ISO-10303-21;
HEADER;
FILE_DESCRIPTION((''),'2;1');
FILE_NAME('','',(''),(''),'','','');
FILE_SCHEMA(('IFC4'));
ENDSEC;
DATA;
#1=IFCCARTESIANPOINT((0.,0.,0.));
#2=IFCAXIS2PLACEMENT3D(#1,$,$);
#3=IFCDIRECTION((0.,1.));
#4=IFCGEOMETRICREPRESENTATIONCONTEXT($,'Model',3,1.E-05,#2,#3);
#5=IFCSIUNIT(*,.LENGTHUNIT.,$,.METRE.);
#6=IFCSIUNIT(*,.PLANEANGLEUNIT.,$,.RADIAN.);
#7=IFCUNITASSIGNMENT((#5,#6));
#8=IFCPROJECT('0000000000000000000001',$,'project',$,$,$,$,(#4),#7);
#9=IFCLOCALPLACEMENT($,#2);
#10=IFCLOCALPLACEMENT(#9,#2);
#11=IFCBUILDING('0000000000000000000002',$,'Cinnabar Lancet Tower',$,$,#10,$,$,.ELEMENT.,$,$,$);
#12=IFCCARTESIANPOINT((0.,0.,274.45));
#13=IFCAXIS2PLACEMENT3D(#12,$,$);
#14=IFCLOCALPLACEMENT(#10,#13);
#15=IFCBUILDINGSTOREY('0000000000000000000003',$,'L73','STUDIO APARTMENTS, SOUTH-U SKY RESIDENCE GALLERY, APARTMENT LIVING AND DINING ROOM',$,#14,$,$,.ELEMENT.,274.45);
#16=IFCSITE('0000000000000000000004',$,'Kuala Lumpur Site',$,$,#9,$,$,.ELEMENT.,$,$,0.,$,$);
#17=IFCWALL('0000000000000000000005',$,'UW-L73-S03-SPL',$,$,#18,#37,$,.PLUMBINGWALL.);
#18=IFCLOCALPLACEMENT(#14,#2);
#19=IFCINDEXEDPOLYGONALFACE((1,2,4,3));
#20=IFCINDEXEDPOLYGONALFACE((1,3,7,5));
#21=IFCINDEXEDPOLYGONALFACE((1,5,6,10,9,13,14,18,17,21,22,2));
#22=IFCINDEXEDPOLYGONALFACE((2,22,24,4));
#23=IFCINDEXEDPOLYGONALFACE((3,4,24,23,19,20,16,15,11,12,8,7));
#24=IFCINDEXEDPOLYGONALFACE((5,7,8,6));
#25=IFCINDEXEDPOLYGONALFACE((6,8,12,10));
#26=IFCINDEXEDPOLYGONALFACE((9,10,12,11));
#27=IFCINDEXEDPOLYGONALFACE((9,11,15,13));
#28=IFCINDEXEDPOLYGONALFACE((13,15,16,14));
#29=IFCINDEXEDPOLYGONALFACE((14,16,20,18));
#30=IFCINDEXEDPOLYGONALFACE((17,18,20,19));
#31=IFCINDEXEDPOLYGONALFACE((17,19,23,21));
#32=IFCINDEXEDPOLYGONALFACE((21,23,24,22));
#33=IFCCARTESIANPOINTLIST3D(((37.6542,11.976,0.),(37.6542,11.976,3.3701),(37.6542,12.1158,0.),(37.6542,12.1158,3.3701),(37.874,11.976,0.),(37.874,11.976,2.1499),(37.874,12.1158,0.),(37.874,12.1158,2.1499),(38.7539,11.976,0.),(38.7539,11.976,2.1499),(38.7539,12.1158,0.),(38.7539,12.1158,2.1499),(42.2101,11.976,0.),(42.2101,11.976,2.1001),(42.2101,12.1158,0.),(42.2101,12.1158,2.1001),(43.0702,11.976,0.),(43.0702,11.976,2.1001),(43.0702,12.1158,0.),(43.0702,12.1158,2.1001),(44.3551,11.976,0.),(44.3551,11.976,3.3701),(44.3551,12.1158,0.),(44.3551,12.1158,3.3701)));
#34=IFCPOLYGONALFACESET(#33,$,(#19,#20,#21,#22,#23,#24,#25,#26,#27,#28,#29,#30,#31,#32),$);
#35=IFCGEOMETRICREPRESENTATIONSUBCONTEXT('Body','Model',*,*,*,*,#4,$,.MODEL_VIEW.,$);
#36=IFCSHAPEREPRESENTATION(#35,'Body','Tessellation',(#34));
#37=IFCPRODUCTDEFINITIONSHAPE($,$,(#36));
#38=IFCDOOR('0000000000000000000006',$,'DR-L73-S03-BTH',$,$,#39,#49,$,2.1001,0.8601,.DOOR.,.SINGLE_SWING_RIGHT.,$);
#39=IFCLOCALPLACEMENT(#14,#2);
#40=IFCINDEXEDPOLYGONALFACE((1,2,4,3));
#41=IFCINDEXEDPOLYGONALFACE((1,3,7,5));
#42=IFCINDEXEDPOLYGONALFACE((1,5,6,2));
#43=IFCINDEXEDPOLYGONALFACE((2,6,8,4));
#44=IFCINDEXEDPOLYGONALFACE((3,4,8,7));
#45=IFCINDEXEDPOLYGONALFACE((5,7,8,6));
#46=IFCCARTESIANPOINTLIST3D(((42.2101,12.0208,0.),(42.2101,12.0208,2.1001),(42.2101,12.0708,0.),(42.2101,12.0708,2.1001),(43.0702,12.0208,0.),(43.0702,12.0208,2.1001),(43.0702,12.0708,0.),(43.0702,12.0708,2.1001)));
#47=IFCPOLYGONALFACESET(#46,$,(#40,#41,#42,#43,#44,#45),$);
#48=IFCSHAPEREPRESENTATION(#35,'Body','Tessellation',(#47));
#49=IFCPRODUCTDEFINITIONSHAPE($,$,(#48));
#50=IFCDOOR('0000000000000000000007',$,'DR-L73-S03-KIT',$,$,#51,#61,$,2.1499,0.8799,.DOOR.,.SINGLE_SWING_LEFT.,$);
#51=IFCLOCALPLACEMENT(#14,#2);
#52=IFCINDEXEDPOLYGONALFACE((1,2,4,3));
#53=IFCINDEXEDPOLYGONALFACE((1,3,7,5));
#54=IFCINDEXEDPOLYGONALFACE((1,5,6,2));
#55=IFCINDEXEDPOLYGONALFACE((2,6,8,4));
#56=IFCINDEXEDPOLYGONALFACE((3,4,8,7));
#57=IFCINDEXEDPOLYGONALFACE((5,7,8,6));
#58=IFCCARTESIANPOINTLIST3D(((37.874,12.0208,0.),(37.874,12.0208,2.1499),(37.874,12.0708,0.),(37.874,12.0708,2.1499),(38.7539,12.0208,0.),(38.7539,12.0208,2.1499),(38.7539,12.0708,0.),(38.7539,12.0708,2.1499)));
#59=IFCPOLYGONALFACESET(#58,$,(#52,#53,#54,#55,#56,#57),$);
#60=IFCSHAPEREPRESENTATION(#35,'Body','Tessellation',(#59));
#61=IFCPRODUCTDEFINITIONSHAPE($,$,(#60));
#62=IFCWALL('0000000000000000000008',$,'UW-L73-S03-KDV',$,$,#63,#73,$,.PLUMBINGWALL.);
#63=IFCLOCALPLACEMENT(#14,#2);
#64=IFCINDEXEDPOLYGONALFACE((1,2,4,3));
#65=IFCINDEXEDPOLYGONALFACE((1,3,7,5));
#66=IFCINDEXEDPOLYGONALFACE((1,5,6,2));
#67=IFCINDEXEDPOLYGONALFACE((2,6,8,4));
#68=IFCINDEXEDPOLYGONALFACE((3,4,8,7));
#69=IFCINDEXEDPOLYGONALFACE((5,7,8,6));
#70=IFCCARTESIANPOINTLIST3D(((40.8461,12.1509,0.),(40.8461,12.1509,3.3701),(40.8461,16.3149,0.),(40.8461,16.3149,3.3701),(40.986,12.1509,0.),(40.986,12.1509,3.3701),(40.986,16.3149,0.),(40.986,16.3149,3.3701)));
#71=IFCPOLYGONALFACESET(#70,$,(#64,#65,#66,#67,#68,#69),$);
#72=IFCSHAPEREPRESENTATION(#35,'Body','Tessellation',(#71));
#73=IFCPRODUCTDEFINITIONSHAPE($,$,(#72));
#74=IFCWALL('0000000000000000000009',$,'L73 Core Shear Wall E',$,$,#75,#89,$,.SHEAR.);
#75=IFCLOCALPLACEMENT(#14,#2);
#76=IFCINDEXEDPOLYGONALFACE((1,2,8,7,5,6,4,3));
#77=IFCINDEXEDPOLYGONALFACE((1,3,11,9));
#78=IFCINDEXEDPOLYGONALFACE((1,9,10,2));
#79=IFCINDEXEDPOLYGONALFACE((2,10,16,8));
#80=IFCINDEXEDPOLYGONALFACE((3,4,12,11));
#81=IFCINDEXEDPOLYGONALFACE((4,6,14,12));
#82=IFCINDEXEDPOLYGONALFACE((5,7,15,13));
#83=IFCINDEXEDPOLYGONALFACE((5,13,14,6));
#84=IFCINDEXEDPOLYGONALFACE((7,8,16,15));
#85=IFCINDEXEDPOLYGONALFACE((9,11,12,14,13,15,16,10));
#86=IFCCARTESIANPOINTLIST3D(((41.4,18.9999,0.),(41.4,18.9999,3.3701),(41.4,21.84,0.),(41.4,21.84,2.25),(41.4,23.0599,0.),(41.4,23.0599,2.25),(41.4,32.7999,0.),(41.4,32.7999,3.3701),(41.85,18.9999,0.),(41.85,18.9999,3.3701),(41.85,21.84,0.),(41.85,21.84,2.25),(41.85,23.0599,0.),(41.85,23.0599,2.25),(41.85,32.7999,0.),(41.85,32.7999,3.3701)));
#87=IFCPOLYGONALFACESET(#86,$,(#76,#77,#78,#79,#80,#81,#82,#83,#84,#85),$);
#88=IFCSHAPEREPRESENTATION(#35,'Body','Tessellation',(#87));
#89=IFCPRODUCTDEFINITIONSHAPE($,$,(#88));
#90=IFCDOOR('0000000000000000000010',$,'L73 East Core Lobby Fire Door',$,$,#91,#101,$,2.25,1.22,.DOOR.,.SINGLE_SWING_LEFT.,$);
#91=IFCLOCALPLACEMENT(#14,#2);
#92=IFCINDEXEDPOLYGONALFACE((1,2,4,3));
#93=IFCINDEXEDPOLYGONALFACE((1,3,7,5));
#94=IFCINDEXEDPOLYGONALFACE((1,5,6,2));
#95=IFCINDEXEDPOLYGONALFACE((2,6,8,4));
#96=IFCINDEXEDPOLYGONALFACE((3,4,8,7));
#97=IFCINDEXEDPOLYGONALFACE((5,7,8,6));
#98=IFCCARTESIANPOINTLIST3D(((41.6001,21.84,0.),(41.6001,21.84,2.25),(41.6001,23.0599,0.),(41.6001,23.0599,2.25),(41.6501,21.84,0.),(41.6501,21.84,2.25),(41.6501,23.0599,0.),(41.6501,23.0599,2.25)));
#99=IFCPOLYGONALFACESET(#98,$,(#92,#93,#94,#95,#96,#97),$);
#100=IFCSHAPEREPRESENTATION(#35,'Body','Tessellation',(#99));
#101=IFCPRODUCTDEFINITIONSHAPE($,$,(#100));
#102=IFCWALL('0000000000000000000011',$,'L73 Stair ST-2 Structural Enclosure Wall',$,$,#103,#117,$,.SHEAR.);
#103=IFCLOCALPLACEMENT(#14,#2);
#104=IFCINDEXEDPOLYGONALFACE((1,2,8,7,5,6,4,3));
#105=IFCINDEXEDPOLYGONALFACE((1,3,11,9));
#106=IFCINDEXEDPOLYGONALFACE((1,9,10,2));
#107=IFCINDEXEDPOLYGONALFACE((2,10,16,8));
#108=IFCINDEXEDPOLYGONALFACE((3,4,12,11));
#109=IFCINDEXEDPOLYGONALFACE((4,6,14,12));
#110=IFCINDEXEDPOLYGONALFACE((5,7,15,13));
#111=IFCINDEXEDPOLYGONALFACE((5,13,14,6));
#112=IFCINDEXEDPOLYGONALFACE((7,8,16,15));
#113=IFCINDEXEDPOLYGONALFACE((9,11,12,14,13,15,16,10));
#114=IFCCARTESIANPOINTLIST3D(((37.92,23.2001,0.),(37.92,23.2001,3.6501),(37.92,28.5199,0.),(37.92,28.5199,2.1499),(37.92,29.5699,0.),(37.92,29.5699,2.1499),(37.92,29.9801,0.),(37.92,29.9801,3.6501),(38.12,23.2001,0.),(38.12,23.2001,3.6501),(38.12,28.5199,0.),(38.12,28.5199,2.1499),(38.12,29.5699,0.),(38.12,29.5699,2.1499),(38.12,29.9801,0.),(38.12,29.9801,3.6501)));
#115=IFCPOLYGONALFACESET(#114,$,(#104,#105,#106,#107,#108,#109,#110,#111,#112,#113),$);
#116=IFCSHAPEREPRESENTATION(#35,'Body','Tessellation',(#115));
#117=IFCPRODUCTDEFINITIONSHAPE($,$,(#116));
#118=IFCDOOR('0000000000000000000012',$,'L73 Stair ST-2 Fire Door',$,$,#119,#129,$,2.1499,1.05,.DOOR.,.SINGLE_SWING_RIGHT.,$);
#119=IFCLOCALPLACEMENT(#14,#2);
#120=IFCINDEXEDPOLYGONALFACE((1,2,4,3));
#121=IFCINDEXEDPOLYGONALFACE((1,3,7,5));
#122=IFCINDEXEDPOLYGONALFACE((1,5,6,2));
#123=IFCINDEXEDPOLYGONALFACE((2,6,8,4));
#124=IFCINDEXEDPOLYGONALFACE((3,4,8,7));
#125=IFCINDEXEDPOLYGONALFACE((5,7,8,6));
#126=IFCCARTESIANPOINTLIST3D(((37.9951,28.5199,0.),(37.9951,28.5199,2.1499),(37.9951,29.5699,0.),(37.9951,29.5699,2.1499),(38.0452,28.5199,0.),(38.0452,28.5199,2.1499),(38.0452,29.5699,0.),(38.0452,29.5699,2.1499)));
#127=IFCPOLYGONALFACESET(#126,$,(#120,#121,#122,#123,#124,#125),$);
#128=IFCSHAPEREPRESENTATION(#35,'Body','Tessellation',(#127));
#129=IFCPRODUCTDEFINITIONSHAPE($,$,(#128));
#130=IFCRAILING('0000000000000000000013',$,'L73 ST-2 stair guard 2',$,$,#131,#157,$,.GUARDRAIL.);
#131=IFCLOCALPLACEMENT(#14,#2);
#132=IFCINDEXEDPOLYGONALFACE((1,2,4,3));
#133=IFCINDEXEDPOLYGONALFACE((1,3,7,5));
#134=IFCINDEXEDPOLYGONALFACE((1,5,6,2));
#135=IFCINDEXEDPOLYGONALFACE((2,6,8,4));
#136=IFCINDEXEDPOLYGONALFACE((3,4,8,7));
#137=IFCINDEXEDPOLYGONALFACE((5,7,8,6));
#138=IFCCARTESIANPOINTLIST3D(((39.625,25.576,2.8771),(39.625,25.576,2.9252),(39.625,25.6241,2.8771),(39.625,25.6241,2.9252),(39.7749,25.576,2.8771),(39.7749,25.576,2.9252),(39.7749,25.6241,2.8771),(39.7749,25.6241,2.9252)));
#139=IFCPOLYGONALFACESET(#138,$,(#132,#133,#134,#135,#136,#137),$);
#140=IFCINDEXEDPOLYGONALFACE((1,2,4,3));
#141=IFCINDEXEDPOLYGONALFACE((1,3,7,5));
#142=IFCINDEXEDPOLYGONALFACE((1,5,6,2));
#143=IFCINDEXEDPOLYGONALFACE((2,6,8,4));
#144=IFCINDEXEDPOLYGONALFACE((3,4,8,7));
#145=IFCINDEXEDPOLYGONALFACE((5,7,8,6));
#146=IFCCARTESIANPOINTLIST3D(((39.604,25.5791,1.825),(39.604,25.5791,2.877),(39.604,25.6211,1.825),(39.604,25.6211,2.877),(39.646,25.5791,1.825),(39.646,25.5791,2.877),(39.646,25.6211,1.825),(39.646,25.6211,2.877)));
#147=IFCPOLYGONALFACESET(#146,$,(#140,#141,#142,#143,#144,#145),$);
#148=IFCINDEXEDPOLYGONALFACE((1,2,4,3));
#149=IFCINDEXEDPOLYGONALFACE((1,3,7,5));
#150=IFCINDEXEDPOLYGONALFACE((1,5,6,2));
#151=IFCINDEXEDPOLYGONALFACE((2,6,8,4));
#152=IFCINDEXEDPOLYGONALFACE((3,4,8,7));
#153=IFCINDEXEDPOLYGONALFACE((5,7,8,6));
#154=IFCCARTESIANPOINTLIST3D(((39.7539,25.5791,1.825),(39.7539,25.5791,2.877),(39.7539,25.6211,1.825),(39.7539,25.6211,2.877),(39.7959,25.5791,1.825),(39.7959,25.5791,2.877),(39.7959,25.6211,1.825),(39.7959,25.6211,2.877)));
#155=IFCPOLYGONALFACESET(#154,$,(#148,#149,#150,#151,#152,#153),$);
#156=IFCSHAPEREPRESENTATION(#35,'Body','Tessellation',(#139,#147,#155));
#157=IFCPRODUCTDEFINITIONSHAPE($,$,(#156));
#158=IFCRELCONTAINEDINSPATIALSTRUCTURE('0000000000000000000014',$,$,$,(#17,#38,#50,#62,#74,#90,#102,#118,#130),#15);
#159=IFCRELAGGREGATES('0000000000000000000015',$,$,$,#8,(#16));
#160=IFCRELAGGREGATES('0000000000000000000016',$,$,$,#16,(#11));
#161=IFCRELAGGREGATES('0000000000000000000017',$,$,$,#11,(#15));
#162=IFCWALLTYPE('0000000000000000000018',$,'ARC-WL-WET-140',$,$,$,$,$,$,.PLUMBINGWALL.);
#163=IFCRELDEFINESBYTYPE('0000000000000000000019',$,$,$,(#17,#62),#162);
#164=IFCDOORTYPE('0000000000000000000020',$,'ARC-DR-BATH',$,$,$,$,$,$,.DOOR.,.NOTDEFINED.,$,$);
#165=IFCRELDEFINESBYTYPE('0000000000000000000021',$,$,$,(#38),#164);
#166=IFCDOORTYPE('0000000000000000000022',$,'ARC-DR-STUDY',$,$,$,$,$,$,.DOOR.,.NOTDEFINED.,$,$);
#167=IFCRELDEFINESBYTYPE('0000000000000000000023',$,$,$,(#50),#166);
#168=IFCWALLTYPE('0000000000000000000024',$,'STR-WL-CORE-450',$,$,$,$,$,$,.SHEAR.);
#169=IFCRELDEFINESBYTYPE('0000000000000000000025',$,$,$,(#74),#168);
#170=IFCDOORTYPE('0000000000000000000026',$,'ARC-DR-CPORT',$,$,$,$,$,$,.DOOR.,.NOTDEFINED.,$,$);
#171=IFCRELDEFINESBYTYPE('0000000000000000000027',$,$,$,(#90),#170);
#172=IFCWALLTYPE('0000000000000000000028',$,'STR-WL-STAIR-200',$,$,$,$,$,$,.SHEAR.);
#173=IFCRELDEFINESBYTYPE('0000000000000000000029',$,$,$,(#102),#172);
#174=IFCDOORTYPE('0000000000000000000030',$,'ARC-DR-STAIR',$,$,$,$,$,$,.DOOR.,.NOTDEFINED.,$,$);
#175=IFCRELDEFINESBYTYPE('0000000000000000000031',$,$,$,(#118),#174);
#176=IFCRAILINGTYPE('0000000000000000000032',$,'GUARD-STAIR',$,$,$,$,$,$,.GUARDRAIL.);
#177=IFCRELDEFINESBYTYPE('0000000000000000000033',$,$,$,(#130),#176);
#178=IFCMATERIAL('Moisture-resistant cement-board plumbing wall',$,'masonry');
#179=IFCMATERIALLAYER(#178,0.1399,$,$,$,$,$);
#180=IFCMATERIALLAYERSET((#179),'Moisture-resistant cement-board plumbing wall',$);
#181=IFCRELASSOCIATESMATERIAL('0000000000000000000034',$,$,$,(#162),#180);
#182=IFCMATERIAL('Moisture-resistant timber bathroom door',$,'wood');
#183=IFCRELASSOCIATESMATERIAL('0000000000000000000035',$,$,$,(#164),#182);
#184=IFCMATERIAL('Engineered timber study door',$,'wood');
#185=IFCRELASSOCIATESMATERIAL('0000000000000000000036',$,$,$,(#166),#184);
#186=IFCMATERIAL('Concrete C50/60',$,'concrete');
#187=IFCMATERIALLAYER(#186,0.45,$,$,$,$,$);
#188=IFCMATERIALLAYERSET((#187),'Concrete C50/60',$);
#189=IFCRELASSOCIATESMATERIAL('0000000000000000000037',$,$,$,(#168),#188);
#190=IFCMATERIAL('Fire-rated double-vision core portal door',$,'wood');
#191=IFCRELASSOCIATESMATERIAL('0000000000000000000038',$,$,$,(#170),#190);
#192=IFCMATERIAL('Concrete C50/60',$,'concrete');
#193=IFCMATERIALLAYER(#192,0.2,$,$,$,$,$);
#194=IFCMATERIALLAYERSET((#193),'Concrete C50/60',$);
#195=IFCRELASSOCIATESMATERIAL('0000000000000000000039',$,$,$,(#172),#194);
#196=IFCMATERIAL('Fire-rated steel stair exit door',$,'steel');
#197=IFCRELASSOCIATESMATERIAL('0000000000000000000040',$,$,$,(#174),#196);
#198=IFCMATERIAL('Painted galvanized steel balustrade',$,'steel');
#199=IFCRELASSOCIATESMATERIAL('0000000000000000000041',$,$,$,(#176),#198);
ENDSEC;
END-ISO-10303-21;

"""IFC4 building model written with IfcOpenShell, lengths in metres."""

from ifc_helpers import new_model, si_unit, direction, frame, frame_2d, origin, origin_2d, place, context, subcontext, project, spatial, rectangle, extrude, material, layer, layer_set, type_object, element, fill, save


model = new_model("IFC4")

# Units and contexts
model_context = context("Model", 3, precision=1e-05, world=origin(), true_north=direction((0.0, 1.0)))
body_context = subcontext(model_context, "Body", "Model", "MODEL_VIEW")
ifc_project = project(units=[si_unit("LENGTHUNIT", "METRE"), si_unit("PLANEANGLEUNIT", "RADIAN")], contexts=[model_context])

# Site, building, storey
site_placement = place(None, origin())
site = spatial("IfcSite", under=ifc_project, at=site_placement, Name="Kuala Lumpur Site", CompositionType="ELEMENT", RefElevation=0.0)
building_placement = place(site_placement, origin())
building = spatial("IfcBuilding", under=site, at=building_placement, Name="Cinnabar Lancet Tower", CompositionType="ELEMENT")
storey_placement = place(building_placement, frame((0.0, 0.0, 274.45)))
storey = spatial("IfcBuildingStorey", under=building, at=storey_placement, Name="L73", Description="STUDIO APARTMENTS, SOUTH-U SKY RESIDENCE GALLERY, APARTMENT LIVING AND DINING ROOM", CompositionType="ELEMENT", Elevation=274.45)

# Wall, openings, doors
ifc_material_1 = material(Name="Moisture-resistant cement-board plumbing wall", Category="masonry")
ifc_layer_1 = layer(ifc_material_1, 0.1399)
ifc_layer_set_1 = layer_set([ifc_layer_1], Name="Moisture-resistant cement-board plumbing wall")
wall_type_1 = type_object("IfcWallType", Name="ARC-WL-WET-140", PredefinedType="PLUMBINGWALL", material=ifc_layer_set_1)
wall_1_placement = place(storey_placement, frame((37.6541, 12.0459, 0.0), z_axis=(0.0, 0.0, 1.0), x_axis=(1.0, 0.0, 0.0)))
wall_1 = element("IfcWall", 1, at=wall_1_placement, inside=storey, type_object=wall_type_1, Name="UW-L73-S03-SPL", PredefinedType="PLUMBINGWALL", context=body_context, shape_type="SweptSolid", body=[
    extrude(rectangle(XDim=6.7009, YDim=0.1399, at=frame_2d((3.3506, 0.0))), origin(), (0.0, 0.0, 1.0), 3.3701),
])
opening_1_placement = place(wall_1_placement, frame((4.5559, 0.0, 0.0)))
opening_1 = element("IfcOpeningElement", 2, at=opening_1_placement, cuts=wall_1, PredefinedType="OPENING", context=body_context, shape_type="SweptSolid", body=[
    extrude(rectangle(XDim=0.8601, YDim=2.1001, at=frame_2d((0.4302, 1.05))), frame((0.0, 0.0798, 0.0), z_axis=(0.0, -1.0, 0.0), x_axis=(1.0, 0.0, 0.0)), (0.0, 0.0, 1.0), 0.1599),
])
opening_2_placement = place(wall_1_placement, frame((0.22, 0.0, 0.0)))
opening_2 = element("IfcOpeningElement", 3, at=opening_2_placement, cuts=wall_1, PredefinedType="OPENING", context=body_context, shape_type="SweptSolid", body=[
    extrude(rectangle(XDim=0.8799, YDim=2.1499, at=frame_2d((0.4399, 1.075))), frame((0.0, 0.0798, 0.0), z_axis=(0.0, -1.0, 0.0), x_axis=(1.0, 0.0, 0.0)), (0.0, 0.0, 1.0), 0.1599),
])
ifc_material_2 = material(Name="Moisture-resistant timber bathroom door", Category="wood")
door_type_1 = type_object("IfcDoorType", Name="ARC-DR-BATH", OperationType="NOTDEFINED", PredefinedType="DOOR", material=ifc_material_2)
door_1_placement = place(opening_1_placement, origin())
door_1 = element("IfcDoor", 4, at=door_1_placement, inside=storey, type_object=door_type_1, Name="DR-L73-S03-BTH", OperationType="SINGLE_SWING_RIGHT", OverallHeight=2.1001, OverallWidth=0.8601, PredefinedType="DOOR", context=body_context, shape_type="SweptSolid", body=[
    extrude(rectangle(XDim=0.8601, YDim=2.1001, at=frame_2d((0.4302, 1.05))), frame((0.0, 0.0249, 0.0), z_axis=(0.0, -1.0, 0.0), x_axis=(1.0, 0.0, 0.0)), (0.0, 0.0, 1.0), 0.05),
])
fill(opening_1, door_1)
ifc_material_3 = material(Name="Engineered timber study door", Category="wood")
door_type_2 = type_object("IfcDoorType", Name="ARC-DR-STUDY", OperationType="NOTDEFINED", PredefinedType="DOOR", material=ifc_material_3)
door_2_placement = place(opening_2_placement, origin())
door_2 = element("IfcDoor", 5, at=door_2_placement, inside=storey, type_object=door_type_2, Name="DR-L73-S03-KIT", OperationType="SINGLE_SWING_LEFT", OverallHeight=2.1499, OverallWidth=0.8799, PredefinedType="DOOR", context=body_context, shape_type="SweptSolid", body=[
    extrude(rectangle(XDim=0.8799, YDim=2.1499, at=frame_2d((0.4399, 1.075))), frame((0.0, 0.0249, 0.0), z_axis=(0.0, -1.0, 0.0), x_axis=(1.0, 0.0, 0.0)), (0.0, 0.0, 1.0), 0.05),
])
fill(opening_2, door_2)

# Wall
wall_2_placement = place(storey_placement, frame((40.916, 12.1509, 0.0), z_axis=(0.0, 0.0, 1.0), x_axis=(0.0, 1.0, 0.0)))
element("IfcWall", 6, at=wall_2_placement, inside=storey, type_object=wall_type_1, Name="UW-L73-S03-KDV", PredefinedType="PLUMBINGWALL", context=body_context, shape_type="SweptSolid", body=[
    extrude(rectangle(XDim=4.1641, YDim=0.1399, at=frame_2d((2.082, 0.0))), origin(), (0.0, 0.0, 1.0), 3.3701),
])

# Walls, openings, doors
ifc_material_4 = material(Name="Concrete C50/60", Category="concrete")
ifc_layer_2 = layer(ifc_material_4, 0.45)
ifc_layer_set_2 = layer_set([ifc_layer_2], Name="Concrete C50/60")
wall_type_2 = type_object("IfcWallType", Name="STR-WL-CORE-450", PredefinedType="SHEAR", material=ifc_layer_set_2)
wall_3_placement = place(storey_placement, frame((41.625, 19.0, 0.0), z_axis=(0.0, 0.0, 1.0), x_axis=(0.0, 1.0, 0.0)))
wall_3 = element("IfcWall", 7, at=wall_3_placement, inside=storey, type_object=wall_type_2, Name="L73 Core Shear Wall E", PredefinedType="SHEAR", context=body_context, shape_type="SweptSolid", body=[
    extrude(rectangle(XDim=13.8, YDim=0.45, at=frame_2d((6.8999, 0.0))), origin(), (0.0, 0.0, 1.0), 3.3701),
])
opening_3_placement = place(wall_3_placement, frame((2.8401, 0.0, 0.0)))
opening_3 = element("IfcOpeningElement", 8, at=opening_3_placement, cuts=wall_3, PredefinedType="OPENING", context=body_context, shape_type="SweptSolid", body=[
    extrude(rectangle(XDim=1.22, YDim=2.25, at=frame_2d((0.6099, 1.125))), frame((0.0, 0.2349, 0.0), z_axis=(0.0, -1.0, 0.0), x_axis=(1.0, 0.0, 0.0)), (0.0, 0.0, 1.0), 0.47),
])
ifc_material_5 = material(Name="Fire-rated double-vision core portal door", Category="wood")
door_type_3 = type_object("IfcDoorType", Name="ARC-DR-CPORT", OperationType="NOTDEFINED", PredefinedType="DOOR", material=ifc_material_5)
door_3_placement = place(opening_3_placement, origin())
door_3 = element("IfcDoor", 9, at=door_3_placement, inside=storey, type_object=door_type_3, Name="L73 East Core Lobby Fire Door", OperationType="SINGLE_SWING_LEFT", OverallHeight=2.25, OverallWidth=1.22, PredefinedType="DOOR", context=body_context, shape_type="SweptSolid", body=[
    extrude(rectangle(XDim=1.22, YDim=2.25, at=frame_2d((0.6099, 1.125))), frame((0.0, 0.0249, 0.0), z_axis=(0.0, -1.0, 0.0), x_axis=(1.0, 0.0, 0.0)), (0.0, 0.0, 1.0), 0.05),
])
fill(opening_3, door_3)
ifc_material_6 = material(Name="Concrete C50/60", Category="concrete")
ifc_layer_3 = layer(ifc_material_6, 0.2)
ifc_layer_set_3 = layer_set([ifc_layer_3], Name="Concrete C50/60")
wall_type_3 = type_object("IfcWallType", Name="STR-WL-STAIR-200", PredefinedType="SHEAR", material=ifc_layer_set_3)
wall_4_placement = place(storey_placement, frame((38.02, 23.2, 0.0), z_axis=(0.0, 0.0, 1.0), x_axis=(0.0, 1.0, 0.0)))
wall_4 = element("IfcWall", 10, at=wall_4_placement, inside=storey, type_object=wall_type_3, Name="L73 Stair ST-2 Structural Enclosure Wall", PredefinedType="SHEAR", context=body_context, shape_type="SweptSolid", body=[
    extrude(rectangle(XDim=6.78, YDim=0.2, at=frame_2d((3.3901, 0.0))), origin(), (0.0, 0.0, 1.0), 3.6501),
])
opening_4_placement = place(wall_4_placement, frame((5.3201, 0.0, 0.0)))
opening_4 = element("IfcOpeningElement", 11, at=opening_4_placement, cuts=wall_4, PredefinedType="OPENING", context=body_context, shape_type="SweptSolid", body=[
    extrude(rectangle(XDim=1.05, YDim=2.1499, at=frame_2d((0.5249, 1.075))), frame((0.0, 0.1099, 0.0), z_axis=(0.0, -1.0, 0.0), x_axis=(1.0, 0.0, 0.0)), (0.0, 0.0, 1.0), 0.22),
])
ifc_material_7 = material(Name="Fire-rated steel stair exit door", Category="steel")
door_type_4 = type_object("IfcDoorType", Name="ARC-DR-STAIR", OperationType="NOTDEFINED", PredefinedType="DOOR", material=ifc_material_7)
door_4_placement = place(opening_4_placement, origin())
door_4 = element("IfcDoor", 12, at=door_4_placement, inside=storey, type_object=door_type_4, Name="L73 Stair ST-2 Fire Door", OperationType="SINGLE_SWING_RIGHT", OverallHeight=2.1499, OverallWidth=1.05, PredefinedType="DOOR", context=body_context, shape_type="SweptSolid", body=[
    extrude(rectangle(XDim=1.05, YDim=2.1499, at=frame_2d((0.5249, 1.075))), frame((0.0, 0.0249, 0.0), z_axis=(0.0, -1.0, 0.0), x_axis=(1.0, 0.0, 0.0)), (0.0, 0.0, 1.0), 0.05),
])
fill(opening_4, door_4)

# Railing
ifc_material_8 = material(Name="Painted galvanized steel balustrade", Category="steel")
railing_type = type_object("IfcRailingType", Name="GUARD-STAIR", PredefinedType="GUARDRAIL", material=ifc_material_8)
railing_placement = place(storey_placement, frame((39.625, 25.6001, 1.825)))
element("IfcRailing", 13, at=railing_placement, inside=storey, type_object=railing_type, Name="L73 ST-2 stair guard 2", PredefinedType="GUARDRAIL", context=body_context, shape_type="SweptSolid", body=[
    extrude(rectangle(XDim=0.0481, YDim=0.0481, at=origin_2d()), frame((0.0, 0.0, 1.0762), z_axis=(1.0, 0.0, 0.0), x_axis=(0.0, 1.0, 0.0)), (0.0, 0.0, 1.0), 0.1499),
    extrude(rectangle(XDim=0.042, YDim=0.042, at=origin_2d()), origin(), (0.0, 0.0, 1.0), 1.052),
    extrude(rectangle(XDim=0.042, YDim=0.042, at=origin_2d()), frame((0.1499, 0.0, 0.0)), (0.0, 0.0, 1.0), 1.052),
])

save(model, "model.ifc")
